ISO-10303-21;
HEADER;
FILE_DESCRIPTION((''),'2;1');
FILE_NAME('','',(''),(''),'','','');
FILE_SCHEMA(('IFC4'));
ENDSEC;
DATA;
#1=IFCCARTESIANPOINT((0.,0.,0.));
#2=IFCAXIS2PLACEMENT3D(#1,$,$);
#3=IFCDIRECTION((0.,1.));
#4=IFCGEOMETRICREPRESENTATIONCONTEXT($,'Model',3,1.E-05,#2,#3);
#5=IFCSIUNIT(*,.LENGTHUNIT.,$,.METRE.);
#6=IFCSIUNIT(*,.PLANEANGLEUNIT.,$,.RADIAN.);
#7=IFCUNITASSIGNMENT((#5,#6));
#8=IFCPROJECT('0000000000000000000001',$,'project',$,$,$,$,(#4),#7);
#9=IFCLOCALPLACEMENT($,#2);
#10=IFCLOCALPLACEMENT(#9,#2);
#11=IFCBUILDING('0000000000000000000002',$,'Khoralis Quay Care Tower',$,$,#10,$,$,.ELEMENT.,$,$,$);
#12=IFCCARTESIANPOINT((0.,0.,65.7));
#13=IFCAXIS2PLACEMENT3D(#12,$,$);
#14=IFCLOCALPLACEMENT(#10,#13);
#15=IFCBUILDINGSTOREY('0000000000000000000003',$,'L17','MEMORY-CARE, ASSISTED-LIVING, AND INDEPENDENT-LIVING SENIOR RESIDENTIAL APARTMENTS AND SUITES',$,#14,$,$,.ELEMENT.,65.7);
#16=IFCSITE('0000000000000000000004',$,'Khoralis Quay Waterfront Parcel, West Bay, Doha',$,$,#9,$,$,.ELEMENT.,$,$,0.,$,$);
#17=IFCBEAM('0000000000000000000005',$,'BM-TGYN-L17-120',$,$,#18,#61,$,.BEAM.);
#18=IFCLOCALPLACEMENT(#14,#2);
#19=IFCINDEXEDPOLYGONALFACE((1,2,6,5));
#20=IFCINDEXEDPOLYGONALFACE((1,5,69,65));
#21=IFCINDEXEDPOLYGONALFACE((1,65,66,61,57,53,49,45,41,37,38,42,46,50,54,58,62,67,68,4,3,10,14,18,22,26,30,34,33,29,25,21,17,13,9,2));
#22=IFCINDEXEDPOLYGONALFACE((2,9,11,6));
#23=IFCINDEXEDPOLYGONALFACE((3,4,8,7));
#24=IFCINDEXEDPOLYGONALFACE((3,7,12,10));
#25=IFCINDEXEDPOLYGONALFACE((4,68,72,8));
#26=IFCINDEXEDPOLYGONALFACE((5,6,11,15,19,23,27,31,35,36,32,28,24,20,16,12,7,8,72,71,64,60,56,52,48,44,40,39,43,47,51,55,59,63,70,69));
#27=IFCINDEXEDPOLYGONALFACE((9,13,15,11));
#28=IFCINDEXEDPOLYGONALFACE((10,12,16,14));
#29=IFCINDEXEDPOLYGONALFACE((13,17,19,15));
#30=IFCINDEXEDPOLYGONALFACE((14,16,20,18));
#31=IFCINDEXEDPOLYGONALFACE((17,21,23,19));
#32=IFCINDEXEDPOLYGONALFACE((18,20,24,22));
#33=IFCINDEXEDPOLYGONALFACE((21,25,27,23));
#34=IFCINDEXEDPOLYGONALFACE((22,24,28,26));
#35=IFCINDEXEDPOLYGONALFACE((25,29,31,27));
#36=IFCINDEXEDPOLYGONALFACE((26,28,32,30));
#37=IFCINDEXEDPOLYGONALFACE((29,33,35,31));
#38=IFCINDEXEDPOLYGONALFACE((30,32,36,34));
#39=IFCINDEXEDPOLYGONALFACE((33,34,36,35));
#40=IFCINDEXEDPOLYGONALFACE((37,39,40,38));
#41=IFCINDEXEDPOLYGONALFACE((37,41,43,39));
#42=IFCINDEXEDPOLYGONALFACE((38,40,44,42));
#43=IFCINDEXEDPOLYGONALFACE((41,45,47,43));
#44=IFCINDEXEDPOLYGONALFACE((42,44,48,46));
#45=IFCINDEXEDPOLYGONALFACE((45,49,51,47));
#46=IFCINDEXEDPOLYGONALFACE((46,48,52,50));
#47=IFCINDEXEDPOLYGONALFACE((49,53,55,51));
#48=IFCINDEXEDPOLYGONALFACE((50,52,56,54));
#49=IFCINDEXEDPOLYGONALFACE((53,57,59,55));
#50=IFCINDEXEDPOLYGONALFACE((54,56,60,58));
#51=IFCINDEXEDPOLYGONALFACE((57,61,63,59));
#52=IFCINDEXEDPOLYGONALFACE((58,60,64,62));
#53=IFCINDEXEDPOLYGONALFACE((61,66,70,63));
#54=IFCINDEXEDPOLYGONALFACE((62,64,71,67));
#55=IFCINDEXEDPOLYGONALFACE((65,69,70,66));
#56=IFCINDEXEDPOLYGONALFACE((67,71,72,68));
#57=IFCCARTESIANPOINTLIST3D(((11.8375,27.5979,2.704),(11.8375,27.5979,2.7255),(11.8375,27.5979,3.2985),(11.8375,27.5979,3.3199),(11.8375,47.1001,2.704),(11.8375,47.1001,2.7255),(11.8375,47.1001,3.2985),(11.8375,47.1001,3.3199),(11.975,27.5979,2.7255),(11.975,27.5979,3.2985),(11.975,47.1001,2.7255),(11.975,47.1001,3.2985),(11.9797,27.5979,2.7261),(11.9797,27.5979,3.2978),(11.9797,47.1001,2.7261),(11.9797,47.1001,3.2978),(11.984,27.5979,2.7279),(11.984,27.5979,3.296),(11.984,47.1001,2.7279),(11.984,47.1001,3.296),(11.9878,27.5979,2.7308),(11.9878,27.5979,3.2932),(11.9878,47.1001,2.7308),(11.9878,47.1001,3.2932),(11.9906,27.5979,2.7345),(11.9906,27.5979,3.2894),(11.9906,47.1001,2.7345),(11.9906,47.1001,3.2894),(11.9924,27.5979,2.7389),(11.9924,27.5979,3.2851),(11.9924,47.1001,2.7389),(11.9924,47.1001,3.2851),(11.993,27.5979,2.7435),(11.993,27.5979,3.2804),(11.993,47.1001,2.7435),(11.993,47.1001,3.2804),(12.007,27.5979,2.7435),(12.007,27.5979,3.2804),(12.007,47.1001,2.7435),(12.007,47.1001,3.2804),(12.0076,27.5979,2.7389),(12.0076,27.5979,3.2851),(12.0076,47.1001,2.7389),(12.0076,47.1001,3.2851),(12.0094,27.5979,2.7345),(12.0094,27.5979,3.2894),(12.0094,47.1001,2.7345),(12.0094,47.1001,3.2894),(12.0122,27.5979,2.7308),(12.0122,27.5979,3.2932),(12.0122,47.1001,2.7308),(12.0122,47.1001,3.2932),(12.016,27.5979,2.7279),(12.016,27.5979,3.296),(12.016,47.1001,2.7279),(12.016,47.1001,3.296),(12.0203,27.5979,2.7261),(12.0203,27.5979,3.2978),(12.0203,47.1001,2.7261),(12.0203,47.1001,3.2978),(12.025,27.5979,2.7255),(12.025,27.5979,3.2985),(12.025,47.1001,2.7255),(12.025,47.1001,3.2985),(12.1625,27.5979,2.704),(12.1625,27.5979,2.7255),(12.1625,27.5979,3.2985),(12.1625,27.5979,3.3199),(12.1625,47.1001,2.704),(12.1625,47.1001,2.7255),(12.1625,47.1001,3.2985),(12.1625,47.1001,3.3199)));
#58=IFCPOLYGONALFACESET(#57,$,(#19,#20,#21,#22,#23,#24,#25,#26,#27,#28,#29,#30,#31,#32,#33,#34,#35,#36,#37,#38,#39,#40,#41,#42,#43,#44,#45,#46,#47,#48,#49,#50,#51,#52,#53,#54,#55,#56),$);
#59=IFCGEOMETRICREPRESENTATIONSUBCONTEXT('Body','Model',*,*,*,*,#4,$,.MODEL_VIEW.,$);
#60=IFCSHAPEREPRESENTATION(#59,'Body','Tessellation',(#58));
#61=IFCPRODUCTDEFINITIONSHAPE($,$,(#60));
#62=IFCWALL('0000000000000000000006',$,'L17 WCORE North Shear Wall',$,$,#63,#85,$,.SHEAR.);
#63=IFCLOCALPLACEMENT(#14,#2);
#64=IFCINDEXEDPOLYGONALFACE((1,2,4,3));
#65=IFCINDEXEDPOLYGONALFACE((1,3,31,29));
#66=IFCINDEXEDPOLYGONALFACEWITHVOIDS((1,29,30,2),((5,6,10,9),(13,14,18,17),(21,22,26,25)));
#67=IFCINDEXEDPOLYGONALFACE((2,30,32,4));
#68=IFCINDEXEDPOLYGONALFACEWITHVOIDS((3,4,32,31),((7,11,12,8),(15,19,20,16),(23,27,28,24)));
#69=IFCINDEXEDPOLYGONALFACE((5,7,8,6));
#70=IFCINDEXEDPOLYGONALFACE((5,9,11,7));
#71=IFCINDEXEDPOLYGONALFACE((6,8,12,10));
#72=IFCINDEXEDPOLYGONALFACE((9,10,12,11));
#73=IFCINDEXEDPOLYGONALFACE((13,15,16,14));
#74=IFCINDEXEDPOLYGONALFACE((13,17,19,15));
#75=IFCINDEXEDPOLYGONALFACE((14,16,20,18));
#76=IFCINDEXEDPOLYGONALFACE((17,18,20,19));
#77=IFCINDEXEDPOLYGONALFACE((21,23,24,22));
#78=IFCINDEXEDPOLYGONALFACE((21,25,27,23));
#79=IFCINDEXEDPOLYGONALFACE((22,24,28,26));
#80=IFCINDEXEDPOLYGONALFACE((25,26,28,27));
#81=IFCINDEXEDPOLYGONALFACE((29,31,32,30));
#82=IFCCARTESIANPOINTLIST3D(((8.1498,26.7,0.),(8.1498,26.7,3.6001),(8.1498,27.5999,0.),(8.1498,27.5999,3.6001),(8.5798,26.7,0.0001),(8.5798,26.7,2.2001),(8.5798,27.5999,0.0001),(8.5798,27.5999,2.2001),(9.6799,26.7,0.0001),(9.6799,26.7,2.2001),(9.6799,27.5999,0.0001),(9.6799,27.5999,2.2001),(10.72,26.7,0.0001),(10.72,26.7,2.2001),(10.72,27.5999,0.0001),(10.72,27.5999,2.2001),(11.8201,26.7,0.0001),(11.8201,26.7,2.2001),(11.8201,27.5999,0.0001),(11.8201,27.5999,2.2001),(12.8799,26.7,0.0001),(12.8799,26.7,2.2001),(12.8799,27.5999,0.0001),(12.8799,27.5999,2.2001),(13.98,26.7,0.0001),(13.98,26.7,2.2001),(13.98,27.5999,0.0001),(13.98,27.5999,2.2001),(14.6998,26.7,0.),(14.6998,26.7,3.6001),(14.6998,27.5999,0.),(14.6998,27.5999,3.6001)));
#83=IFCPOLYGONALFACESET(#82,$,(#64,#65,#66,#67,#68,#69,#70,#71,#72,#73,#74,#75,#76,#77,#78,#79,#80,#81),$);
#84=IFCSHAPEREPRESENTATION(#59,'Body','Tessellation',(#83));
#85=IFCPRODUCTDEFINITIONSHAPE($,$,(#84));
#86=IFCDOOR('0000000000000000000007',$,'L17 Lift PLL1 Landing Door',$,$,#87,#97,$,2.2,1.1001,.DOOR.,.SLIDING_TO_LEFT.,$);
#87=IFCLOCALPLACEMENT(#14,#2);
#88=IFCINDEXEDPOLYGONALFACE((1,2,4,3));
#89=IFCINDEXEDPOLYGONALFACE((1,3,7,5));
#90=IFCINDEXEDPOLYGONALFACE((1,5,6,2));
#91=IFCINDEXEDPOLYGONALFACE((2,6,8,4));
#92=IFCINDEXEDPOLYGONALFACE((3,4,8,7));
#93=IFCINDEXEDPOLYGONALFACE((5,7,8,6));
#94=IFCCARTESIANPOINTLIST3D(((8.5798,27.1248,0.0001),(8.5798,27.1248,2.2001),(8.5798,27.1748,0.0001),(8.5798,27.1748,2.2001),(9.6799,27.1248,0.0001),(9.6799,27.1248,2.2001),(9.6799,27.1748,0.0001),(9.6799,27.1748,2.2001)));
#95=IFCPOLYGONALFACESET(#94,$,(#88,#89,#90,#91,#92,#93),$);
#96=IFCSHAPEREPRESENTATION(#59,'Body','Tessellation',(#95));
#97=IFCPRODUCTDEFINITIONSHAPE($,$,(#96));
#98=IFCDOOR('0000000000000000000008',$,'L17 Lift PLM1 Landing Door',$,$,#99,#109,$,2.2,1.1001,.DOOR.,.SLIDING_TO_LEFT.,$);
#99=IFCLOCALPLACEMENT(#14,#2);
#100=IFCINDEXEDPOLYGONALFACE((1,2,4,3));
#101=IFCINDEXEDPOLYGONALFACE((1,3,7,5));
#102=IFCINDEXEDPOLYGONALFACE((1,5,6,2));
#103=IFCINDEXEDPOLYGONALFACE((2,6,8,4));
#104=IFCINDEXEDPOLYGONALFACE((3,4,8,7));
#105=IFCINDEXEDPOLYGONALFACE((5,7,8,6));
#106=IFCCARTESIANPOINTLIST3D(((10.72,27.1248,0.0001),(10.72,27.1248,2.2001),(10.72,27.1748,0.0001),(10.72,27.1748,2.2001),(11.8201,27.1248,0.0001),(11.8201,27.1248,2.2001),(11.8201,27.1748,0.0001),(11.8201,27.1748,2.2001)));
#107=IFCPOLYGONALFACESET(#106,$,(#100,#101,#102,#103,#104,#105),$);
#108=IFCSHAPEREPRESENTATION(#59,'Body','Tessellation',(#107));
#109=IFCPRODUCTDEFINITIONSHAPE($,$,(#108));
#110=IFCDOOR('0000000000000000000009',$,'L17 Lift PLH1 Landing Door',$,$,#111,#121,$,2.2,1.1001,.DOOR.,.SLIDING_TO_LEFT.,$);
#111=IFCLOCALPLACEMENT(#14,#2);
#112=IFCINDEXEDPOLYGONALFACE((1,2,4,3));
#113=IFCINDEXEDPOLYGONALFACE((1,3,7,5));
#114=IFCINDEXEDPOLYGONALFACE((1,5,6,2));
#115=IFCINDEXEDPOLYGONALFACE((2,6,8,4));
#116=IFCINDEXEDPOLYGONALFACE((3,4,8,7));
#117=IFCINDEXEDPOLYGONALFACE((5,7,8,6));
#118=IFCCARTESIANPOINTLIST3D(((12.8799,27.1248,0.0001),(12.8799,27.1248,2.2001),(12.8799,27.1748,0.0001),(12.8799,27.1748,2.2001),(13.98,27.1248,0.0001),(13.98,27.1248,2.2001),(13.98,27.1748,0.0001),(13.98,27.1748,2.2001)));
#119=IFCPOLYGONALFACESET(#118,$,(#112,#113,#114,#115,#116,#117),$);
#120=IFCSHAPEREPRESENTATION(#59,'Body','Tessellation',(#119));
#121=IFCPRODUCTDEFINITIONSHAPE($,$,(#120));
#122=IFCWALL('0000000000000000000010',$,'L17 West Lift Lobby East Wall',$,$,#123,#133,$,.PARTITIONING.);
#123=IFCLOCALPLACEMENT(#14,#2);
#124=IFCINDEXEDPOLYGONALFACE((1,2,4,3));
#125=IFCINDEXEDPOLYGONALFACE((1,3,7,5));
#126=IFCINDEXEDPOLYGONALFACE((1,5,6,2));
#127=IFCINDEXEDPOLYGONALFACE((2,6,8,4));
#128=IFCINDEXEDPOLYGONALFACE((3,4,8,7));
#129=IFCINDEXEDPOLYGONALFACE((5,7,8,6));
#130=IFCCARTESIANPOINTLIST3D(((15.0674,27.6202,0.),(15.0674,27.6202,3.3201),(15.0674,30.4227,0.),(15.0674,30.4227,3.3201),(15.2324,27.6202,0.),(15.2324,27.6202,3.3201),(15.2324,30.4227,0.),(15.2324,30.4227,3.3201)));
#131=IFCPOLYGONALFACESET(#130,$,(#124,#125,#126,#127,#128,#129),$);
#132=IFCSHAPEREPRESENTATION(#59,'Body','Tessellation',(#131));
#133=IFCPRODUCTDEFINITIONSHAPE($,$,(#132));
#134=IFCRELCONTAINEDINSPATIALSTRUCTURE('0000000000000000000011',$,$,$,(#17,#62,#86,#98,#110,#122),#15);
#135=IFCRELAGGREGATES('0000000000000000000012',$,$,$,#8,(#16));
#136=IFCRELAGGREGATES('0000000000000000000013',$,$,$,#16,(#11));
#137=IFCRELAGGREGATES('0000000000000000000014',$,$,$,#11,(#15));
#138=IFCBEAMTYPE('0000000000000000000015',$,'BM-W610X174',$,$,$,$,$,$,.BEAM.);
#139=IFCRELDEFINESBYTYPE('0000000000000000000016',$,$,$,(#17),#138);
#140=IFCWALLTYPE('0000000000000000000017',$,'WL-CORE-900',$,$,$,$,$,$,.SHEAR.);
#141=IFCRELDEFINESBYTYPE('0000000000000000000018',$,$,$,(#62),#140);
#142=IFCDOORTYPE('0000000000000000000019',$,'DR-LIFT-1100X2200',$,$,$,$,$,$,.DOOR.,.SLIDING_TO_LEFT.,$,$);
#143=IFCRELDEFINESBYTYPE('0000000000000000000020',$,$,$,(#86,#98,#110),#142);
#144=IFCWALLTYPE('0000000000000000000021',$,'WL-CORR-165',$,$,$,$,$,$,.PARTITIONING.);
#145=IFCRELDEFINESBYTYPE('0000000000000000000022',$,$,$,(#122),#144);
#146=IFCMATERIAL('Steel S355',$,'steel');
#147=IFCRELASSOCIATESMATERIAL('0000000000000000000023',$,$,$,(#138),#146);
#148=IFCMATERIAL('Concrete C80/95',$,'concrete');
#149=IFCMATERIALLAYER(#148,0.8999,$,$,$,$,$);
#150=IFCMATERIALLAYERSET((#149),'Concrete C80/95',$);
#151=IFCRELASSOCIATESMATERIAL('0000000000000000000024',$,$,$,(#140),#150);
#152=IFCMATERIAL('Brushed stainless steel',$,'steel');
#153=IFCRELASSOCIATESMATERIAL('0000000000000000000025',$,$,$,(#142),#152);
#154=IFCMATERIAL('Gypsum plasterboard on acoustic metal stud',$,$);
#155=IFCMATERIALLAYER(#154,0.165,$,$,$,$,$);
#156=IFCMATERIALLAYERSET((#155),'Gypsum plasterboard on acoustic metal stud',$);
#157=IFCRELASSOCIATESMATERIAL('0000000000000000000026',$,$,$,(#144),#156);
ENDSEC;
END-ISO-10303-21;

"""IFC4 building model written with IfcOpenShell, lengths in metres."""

from ifc_helpers import new_model, si_unit, direction, frame, frame_2d, origin, origin_2d, place, context, subcontext, project, spatial, rectangle, i_section, extrude, source, transform, mapped, material, layer, layer_set, material_profile, profile_set, type_object, element, fill, save


model = new_model("IFC4")

# Units and contexts
model_context = context("Model", 3, precision=1e-05, world=origin(), true_north=direction((0.0, 1.0)))
body_context = subcontext(model_context, "Body", "Model", "MODEL_VIEW")
ifc_project = project(units=[si_unit("LENGTHUNIT", "METRE"), si_unit("PLANEANGLEUNIT", "RADIAN")], contexts=[model_context])

# Site, building, storey
site_placement = place(None, origin())
site = spatial("IfcSite", under=ifc_project, at=site_placement, Name="Khoralis Quay Waterfront Parcel, West Bay, Doha", CompositionType="ELEMENT", RefElevation=0.0)
building_placement = place(site_placement, origin())
building = spatial("IfcBuilding", under=site, at=building_placement, Name="Khoralis Quay Care Tower", CompositionType="ELEMENT")
storey_placement = place(building_placement, frame((0.0, 0.0, 65.7)))
storey = spatial("IfcBuildingStorey", under=building, at=storey_placement, Name="L17", Description="MEMORY-CARE, ASSISTED-LIVING, AND INDEPENDENT-LIVING SENIOR RESIDENTIAL APARTMENTS AND SUITES", CompositionType="ELEMENT", Elevation=65.7)

# Beam
ifc_material_1 = material(Name="Concrete C80/95", Category="concrete")
ifc_material_2 = material(Name="Steel S355", Category="steel")
ifc_material_profile_1 = material_profile(ifc_material_2, i_section(OverallWidth=0.325, OverallDepth=0.616, WebThickness=0.0139, FlangeThickness=0.0215, FilletRadius=0.0181, at=origin_2d()), Name="Steel S355")
ifc_profile_set_1 = profile_set([ifc_material_profile_1], Name="Steel S355")
beam_type_1 = type_object("IfcBeamType", Name="BM-W610X174", PredefinedType="BEAM", material=ifc_profile_set_1)
shared_shape_1 = source(origin(), body_context, "Body", "SweptSolid", [
    extrude(i_section(OverallWidth=0.325, OverallDepth=0.616, WebThickness=0.0139, FlangeThickness=0.0215, FilletRadius=0.0181, at=origin_2d()), origin(), (0.0, 0.0, 1.0), 19.5022),
])
beam_1_placement = place(storey_placement, frame((12.0, 27.5979, 3.012), z_axis=(0.0, 1.0, 0.0), x_axis=(-1.0, 0.0, 0.0)))
element("IfcBeam", 1, at=beam_1_placement, inside=storey, type_object=beam_type_1, Name="BM-TGYN-L17-120", PredefinedType="BEAM", context=body_context, shape_type="MappedRepresentation", body=[
    mapped(shared_shape_1, transform((0.0, 0.0, 0.0), scale=1.0)),
])

# Wall, openings, doors
ifc_layer_1 = layer(ifc_material_1, 0.8999)
ifc_layer_set_1 = layer_set([ifc_layer_1], Name="Concrete C80/95")
wall_type_1 = type_object("IfcWallType", Name="WL-CORE-900", PredefinedType="SHEAR", material=ifc_layer_set_1)
wall_1_placement = place(storey_placement, frame((8.1499, 27.1499, 0.0), z_axis=(0.0, 0.0, 1.0), x_axis=(1.0, 0.0, 0.0)))
wall_1 = element("IfcWall", 2, at=wall_1_placement, inside=storey, type_object=wall_type_1, Name="L17 WCORE North Shear Wall", PredefinedType="SHEAR", context=body_context, shape_type="SweptSolid", body=[
    extrude(rectangle(XDim=6.55, YDim=0.8999, at=frame_2d((3.2749, 0.0))), origin(), (0.0, 0.0, 1.0), 3.6001),
])
opening_1_placement = place(wall_1_placement, frame((0.4299, 0.0, 0.0)))
opening_1 = element("IfcOpeningElement", 3, at=opening_1_placement, cuts=wall_1, PredefinedType="OPENING", context=body_context, shape_type="SweptSolid", body=[
    extrude(rectangle(XDim=1.1001, YDim=2.2, at=frame_2d((0.55, 1.1001))), frame((0.0, 0.46, 0.0), z_axis=(0.0, -1.0, 0.0), x_axis=(1.0, 0.0, 0.0)), (0.0, 0.0, 1.0), 0.9199),
])
opening_2_placement = place(wall_1_placement, frame((2.5701, 0.0, 0.0)))
opening_2 = element("IfcOpeningElement", 4, at=opening_2_placement, cuts=wall_1, PredefinedType="OPENING", context=body_context, shape_type="SweptSolid", body=[
    extrude(rectangle(XDim=1.1001, YDim=2.2, at=frame_2d((0.55, 1.1001))), frame((0.0, 0.46, 0.0), z_axis=(0.0, -1.0, 0.0), x_axis=(1.0, 0.0, 0.0)), (0.0, 0.0, 1.0), 0.9199),
])
opening_3_placement = place(wall_1_placement, frame((4.73, 0.0, 0.0)))
opening_3 = element("IfcOpeningElement", 5, at=opening_3_placement, cuts=wall_1, PredefinedType="OPENING", context=body_context, shape_type="SweptSolid", body=[
    extrude(rectangle(XDim=1.1001, YDim=2.2, at=frame_2d((0.55, 1.1001))), frame((0.0, 0.46, 0.0), z_axis=(0.0, -1.0, 0.0), x_axis=(1.0, 0.0, 0.0)), (0.0, 0.0, 1.0), 0.9199),
])
ifc_material_3 = material(Name="Brushed stainless steel", Category="steel")
door_type_1 = type_object("IfcDoorType", Name="DR-LIFT-1100X2200", OperationType="SLIDING_TO_LEFT", PredefinedType="DOOR", material=ifc_material_3)
shared_shape_2 = source(origin(), body_context, "Body", "SweptSolid", [
    extrude(rectangle(XDim=1.1001, YDim=2.2, at=frame_2d((0.55, 1.1001))), frame((0.0, 0.0249, 0.0), z_axis=(0.0, -1.0, 0.0), x_axis=(1.0, 0.0, 0.0)), (0.0, 0.0, 1.0), 0.05),
])
door_1_placement = place(opening_1_placement, origin())
door_1 = element("IfcDoor", 6, at=door_1_placement, inside=storey, type_object=door_type_1, Name="L17 Lift PLL1 Landing Door", OperationType="SLIDING_TO_LEFT", OverallHeight=2.2, OverallWidth=1.1001, PredefinedType="DOOR", context=body_context, shape_type="MappedRepresentation", body=[
    mapped(shared_shape_2, transform((0.0, 0.0, 0.0), scale=1.0)),
])
fill(opening_1, door_1)
door_2_placement = place(opening_2_placement, origin())
door_2 = element("IfcDoor", 7, at=door_2_placement, inside=storey, type_object=door_type_1, Name="L17 Lift PLM1 Landing Door", OperationType="SLIDING_TO_LEFT", OverallHeight=2.2, OverallWidth=1.1001, PredefinedType="DOOR", context=body_context, shape_type="MappedRepresentation", body=[
    mapped(shared_shape_2, transform((0.0, 0.0, 0.0), scale=1.0)),
])
fill(opening_2, door_2)
door_3_placement = place(opening_3_placement, origin())
door_3 = element("IfcDoor", 8, at=door_3_placement, inside=storey, type_object=door_type_1, Name="L17 Lift PLH1 Landing Door", OperationType="SLIDING_TO_LEFT", OverallHeight=2.2, OverallWidth=1.1001, PredefinedType="DOOR", context=body_context, shape_type="MappedRepresentation", body=[
    mapped(shared_shape_2, transform((0.0, 0.0, 0.0), scale=1.0)),
])
fill(opening_3, door_3)

# Wall
ifc_material_4 = material(Name="Gypsum plasterboard on acoustic metal stud")
ifc_layer_2 = layer(ifc_material_4, 0.165)
ifc_layer_set_2 = layer_set([ifc_layer_2], Name="Gypsum plasterboard on acoustic metal stud")
wall_type_2 = type_object("IfcWallType", Name="WL-CORR-165", PredefinedType="PARTITIONING", material=ifc_layer_set_2)
wall_2_placement = place(storey_placement, frame((15.1499, 27.6201, 0.0), z_axis=(0.0, 0.0, 1.0), x_axis=(0.0, 1.0, 0.0)))
element("IfcWall", 9, at=wall_2_placement, inside=storey, type_object=wall_type_2, Name="L17 West Lift Lobby East Wall", PredefinedType="PARTITIONING", context=body_context, shape_type="SweptSolid", body=[
    extrude(rectangle(XDim=2.8025, YDim=0.165, at=frame_2d((1.4014, 0.0))), origin(), (0.0, 0.0, 1.0), 3.3201),
])

save(model, "model.ifc")
